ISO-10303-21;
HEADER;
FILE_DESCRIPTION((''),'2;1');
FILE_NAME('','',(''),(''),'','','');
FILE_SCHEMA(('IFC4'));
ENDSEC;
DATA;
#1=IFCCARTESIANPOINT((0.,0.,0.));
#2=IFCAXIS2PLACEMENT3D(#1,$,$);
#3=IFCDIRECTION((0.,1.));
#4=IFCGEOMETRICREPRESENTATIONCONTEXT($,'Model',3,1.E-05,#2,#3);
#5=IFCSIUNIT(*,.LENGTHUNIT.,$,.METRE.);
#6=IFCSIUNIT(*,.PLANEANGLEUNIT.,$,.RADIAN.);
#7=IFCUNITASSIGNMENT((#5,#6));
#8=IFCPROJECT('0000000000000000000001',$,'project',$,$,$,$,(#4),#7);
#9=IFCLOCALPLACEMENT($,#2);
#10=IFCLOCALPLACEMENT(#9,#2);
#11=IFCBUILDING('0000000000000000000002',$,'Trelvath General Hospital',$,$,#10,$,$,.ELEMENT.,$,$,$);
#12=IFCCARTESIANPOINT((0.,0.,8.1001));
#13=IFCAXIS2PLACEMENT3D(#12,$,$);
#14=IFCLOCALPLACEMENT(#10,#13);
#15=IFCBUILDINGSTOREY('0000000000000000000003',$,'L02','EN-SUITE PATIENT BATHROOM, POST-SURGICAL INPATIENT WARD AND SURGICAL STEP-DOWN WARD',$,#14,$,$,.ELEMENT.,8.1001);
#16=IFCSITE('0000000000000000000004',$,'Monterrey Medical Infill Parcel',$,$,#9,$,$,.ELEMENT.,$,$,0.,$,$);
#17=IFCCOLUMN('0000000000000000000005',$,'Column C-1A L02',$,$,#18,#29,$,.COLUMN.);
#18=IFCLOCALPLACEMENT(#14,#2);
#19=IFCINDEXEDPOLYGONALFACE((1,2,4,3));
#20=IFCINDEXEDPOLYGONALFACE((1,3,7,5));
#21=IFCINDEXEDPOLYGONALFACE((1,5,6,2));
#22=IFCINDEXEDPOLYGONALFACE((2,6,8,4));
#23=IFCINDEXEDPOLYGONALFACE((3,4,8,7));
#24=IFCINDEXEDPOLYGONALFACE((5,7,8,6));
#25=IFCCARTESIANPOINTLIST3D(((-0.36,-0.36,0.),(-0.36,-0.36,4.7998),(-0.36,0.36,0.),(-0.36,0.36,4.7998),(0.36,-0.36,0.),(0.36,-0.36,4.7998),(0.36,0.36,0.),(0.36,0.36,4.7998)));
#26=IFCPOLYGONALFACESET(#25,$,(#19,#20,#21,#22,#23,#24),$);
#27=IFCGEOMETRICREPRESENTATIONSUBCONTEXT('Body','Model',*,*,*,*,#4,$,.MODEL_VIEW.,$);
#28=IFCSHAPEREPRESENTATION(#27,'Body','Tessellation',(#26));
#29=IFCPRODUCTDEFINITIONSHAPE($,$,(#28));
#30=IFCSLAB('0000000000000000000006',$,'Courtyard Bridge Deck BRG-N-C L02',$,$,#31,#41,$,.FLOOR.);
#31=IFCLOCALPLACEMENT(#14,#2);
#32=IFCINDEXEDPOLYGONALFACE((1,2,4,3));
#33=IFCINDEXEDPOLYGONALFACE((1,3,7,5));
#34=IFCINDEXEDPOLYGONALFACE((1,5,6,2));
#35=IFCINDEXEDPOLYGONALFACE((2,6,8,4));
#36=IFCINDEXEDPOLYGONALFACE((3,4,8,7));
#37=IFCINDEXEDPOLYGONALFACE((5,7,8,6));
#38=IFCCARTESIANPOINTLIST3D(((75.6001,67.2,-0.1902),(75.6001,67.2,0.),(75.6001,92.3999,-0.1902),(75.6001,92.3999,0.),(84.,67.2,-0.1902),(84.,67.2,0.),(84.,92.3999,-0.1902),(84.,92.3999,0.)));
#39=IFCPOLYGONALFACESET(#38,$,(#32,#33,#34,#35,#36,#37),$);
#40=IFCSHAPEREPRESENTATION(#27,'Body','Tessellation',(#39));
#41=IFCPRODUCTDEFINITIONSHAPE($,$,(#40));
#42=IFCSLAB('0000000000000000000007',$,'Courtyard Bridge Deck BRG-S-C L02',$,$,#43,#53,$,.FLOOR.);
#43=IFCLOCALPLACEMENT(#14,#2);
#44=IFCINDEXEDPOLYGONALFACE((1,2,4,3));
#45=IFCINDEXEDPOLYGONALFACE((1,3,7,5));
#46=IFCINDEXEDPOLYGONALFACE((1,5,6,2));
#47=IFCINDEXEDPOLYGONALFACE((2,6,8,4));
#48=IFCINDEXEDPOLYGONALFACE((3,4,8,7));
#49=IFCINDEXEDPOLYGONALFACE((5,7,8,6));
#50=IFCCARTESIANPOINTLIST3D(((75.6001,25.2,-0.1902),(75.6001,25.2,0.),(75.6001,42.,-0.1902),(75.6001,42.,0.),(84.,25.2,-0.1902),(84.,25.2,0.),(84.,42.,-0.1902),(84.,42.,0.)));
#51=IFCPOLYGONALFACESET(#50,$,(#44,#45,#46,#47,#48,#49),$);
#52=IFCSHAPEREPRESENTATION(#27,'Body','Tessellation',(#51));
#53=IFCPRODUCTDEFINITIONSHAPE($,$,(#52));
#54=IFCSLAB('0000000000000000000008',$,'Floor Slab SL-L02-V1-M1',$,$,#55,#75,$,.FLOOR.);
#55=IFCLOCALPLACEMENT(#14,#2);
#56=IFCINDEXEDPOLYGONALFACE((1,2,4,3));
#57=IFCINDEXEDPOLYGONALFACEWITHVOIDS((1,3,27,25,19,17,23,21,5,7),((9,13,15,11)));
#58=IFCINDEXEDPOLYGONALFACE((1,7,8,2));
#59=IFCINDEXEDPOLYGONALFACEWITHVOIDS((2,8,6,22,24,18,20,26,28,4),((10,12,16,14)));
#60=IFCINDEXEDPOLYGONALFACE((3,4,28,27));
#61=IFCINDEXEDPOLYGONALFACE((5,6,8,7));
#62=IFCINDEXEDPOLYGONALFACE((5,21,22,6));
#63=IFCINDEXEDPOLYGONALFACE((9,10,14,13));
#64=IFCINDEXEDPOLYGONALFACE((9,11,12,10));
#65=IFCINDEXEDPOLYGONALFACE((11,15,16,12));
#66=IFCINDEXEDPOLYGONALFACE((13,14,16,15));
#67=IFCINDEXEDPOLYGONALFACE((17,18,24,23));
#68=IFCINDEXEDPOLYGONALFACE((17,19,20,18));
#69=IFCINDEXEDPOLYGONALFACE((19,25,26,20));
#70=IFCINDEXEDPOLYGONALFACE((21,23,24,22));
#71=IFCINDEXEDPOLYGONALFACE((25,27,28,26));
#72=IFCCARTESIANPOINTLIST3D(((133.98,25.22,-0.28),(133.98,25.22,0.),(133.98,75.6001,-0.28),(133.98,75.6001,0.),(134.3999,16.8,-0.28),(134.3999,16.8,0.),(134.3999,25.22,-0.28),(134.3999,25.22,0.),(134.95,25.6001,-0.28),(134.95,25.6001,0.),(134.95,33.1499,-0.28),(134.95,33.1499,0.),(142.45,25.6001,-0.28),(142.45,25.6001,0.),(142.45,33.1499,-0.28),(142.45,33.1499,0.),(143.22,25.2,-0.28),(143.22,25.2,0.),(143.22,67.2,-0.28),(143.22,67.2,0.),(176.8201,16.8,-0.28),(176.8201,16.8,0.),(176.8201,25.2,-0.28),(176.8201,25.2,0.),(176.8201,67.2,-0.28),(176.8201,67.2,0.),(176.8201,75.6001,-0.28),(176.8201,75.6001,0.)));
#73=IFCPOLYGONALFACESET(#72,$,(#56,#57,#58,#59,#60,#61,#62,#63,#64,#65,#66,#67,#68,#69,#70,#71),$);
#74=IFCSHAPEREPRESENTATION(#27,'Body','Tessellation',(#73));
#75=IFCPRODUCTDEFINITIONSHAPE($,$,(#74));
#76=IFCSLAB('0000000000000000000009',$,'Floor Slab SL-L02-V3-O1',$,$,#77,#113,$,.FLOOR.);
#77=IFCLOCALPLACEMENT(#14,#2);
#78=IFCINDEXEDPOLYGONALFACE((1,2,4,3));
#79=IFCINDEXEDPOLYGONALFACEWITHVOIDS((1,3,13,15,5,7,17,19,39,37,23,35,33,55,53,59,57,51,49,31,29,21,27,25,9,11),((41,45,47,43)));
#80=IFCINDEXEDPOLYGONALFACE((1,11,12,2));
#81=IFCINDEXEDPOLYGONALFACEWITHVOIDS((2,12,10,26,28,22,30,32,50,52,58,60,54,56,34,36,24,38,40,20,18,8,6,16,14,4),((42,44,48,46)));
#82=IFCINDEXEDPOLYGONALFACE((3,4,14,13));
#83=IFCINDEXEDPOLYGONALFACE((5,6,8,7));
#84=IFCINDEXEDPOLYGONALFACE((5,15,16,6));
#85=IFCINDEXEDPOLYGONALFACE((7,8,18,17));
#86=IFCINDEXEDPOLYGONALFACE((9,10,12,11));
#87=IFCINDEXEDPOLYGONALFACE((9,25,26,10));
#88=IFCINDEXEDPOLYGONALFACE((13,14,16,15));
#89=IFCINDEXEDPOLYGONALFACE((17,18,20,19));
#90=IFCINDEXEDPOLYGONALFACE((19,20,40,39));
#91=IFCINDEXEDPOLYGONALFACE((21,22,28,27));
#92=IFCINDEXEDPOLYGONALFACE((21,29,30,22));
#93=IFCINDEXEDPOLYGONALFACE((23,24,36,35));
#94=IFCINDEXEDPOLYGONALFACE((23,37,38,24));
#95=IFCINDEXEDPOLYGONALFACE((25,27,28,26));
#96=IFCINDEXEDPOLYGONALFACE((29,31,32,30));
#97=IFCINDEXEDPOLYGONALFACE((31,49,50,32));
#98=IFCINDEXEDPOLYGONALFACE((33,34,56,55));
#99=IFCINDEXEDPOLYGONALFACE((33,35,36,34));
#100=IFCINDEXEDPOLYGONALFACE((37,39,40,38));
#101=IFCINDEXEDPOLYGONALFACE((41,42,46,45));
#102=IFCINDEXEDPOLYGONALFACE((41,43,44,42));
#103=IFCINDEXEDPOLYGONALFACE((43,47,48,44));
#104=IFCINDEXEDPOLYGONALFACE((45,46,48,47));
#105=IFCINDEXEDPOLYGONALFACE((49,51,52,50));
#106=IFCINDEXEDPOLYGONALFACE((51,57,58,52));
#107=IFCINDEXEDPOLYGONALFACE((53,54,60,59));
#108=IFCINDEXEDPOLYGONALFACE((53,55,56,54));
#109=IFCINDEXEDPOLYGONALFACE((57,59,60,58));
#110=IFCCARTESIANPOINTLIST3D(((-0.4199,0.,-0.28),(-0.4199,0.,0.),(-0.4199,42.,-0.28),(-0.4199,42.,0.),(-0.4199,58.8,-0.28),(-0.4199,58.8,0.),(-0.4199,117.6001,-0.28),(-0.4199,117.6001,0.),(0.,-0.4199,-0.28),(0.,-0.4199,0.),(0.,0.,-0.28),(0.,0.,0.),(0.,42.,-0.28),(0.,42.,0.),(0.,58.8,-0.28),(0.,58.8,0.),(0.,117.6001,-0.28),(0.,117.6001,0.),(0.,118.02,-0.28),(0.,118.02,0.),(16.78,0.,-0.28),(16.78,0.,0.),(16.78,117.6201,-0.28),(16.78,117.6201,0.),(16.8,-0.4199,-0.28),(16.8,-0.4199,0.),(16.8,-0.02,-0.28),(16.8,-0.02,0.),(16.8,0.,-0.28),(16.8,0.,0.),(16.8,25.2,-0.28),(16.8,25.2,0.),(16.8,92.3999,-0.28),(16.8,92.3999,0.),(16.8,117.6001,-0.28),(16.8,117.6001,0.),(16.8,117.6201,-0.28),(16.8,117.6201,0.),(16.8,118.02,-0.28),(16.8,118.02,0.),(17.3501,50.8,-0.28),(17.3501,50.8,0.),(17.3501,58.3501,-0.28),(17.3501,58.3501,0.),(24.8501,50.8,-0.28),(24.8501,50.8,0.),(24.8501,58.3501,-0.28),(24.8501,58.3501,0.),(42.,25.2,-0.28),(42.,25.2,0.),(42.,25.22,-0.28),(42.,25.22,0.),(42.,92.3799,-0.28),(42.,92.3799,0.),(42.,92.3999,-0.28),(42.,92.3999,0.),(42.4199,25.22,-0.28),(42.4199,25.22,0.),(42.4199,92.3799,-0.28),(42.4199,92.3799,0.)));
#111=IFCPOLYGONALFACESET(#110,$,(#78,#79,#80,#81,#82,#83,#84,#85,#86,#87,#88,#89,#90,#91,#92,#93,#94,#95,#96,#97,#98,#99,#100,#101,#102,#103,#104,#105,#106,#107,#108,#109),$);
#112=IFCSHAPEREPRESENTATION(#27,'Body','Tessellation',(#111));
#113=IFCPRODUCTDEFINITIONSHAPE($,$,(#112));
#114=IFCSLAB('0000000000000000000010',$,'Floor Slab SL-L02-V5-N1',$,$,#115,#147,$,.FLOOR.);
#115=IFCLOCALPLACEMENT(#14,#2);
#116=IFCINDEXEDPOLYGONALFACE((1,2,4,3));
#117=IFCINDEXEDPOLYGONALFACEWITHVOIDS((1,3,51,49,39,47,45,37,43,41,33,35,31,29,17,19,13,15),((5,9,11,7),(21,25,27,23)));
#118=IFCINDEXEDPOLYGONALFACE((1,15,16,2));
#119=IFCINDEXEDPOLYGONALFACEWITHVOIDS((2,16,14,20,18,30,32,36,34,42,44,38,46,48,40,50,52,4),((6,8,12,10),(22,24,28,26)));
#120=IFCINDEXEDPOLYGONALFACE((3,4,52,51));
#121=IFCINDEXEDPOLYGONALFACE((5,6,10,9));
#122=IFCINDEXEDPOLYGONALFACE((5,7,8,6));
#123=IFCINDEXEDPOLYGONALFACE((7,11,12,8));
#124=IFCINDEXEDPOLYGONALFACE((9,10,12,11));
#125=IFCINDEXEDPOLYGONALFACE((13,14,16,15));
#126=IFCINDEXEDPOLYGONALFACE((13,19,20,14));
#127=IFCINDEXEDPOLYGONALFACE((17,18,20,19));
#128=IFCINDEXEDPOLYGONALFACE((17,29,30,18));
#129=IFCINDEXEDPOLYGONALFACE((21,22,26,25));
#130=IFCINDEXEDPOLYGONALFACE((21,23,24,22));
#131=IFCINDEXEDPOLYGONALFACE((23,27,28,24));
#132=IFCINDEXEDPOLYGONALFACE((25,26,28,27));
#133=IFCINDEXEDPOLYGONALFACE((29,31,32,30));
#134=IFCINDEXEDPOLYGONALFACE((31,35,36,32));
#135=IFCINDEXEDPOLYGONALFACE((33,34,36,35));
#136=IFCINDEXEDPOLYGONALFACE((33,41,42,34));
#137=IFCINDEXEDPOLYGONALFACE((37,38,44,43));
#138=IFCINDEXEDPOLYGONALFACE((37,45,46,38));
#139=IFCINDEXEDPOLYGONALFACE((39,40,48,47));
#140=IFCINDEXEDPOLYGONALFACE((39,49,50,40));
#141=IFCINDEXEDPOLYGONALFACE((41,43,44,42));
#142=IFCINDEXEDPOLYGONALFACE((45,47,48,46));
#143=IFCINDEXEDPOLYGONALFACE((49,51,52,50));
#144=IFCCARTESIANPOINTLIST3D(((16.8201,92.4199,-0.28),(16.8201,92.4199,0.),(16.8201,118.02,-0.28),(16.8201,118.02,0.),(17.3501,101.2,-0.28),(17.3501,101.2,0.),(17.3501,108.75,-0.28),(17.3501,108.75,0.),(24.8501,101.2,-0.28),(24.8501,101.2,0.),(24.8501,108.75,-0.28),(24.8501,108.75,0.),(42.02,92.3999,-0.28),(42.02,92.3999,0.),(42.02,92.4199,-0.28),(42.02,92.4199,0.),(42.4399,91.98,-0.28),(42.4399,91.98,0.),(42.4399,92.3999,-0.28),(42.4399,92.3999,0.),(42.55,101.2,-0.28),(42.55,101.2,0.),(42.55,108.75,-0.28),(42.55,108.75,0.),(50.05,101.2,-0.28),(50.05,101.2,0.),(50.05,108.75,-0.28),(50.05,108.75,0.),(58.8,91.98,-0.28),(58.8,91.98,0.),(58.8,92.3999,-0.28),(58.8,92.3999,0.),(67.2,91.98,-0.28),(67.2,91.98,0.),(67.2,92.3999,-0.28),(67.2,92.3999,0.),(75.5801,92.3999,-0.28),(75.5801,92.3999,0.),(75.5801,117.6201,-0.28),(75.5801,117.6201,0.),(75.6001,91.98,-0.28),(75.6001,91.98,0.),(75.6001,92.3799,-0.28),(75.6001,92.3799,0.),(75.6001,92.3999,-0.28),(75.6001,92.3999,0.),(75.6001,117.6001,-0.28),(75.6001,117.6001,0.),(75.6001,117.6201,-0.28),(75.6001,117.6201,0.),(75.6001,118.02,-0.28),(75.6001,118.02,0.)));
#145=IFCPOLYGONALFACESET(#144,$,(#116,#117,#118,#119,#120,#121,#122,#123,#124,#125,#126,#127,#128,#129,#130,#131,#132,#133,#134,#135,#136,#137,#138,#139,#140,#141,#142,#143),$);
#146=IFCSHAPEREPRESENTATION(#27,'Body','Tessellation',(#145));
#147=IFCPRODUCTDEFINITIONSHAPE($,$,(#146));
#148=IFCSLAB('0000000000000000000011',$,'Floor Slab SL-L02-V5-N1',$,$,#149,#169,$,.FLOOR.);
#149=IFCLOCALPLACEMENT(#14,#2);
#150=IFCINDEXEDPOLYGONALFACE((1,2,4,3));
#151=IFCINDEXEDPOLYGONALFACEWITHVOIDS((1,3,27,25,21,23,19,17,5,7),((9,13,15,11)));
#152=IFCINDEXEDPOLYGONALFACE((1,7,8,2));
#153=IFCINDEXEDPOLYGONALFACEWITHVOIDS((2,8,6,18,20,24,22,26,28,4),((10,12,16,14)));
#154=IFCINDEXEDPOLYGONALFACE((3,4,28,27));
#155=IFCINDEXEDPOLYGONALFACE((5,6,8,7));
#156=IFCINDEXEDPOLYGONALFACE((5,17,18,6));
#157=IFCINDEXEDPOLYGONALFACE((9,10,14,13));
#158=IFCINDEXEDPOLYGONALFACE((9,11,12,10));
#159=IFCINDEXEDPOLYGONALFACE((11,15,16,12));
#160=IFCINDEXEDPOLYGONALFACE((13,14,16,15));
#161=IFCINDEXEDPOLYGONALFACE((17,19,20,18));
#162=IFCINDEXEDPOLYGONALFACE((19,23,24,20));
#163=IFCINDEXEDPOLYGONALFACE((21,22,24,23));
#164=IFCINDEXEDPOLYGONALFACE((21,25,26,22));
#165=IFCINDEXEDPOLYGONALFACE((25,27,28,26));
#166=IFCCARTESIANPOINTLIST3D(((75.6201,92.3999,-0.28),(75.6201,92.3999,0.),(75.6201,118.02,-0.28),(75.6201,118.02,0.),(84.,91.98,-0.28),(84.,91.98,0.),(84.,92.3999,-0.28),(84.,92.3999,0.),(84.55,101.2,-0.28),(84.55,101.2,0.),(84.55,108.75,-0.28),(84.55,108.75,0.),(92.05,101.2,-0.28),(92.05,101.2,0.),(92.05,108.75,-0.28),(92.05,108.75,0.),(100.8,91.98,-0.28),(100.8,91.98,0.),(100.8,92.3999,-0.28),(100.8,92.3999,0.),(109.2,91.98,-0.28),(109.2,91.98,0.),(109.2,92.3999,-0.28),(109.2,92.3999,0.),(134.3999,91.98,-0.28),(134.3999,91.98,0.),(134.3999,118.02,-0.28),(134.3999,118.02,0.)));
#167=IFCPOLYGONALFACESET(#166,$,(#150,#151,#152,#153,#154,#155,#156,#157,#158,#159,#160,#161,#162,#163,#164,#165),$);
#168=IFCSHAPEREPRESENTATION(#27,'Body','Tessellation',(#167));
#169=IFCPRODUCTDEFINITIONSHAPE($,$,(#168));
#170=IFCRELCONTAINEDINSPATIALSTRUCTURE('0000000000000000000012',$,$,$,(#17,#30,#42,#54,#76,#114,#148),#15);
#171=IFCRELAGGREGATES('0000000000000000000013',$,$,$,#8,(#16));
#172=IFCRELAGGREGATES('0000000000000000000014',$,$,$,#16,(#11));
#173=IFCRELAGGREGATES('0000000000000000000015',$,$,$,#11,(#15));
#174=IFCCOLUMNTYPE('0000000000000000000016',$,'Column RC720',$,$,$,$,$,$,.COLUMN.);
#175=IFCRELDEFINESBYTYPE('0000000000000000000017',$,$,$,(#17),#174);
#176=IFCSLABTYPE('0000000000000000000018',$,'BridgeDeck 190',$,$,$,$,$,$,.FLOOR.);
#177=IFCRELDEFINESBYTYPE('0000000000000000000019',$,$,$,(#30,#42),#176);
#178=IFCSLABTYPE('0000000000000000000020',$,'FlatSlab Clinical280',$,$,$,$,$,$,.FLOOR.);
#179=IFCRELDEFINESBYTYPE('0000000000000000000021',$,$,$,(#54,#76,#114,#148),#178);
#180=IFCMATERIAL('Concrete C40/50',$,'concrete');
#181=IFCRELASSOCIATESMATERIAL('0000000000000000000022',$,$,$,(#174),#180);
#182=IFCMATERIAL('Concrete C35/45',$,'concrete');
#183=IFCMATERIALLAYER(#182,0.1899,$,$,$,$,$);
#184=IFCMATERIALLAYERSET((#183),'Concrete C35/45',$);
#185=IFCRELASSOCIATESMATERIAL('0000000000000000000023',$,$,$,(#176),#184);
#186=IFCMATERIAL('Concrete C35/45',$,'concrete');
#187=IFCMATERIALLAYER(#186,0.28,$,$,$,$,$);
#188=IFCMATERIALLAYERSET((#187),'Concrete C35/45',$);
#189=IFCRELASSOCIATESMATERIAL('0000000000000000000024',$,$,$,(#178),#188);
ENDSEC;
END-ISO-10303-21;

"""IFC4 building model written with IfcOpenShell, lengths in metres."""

from ifc_helpers import new_model, si_unit, direction, frame, origin, origin_with_axes, origin_2d, place, context, subcontext, project, spatial, polyline, rectangle, outline, extrude, material, layer, layer_set, material_profile, profile_set, type_object, element, save


model = new_model("IFC4")

# Units and contexts
model_context = context("Model", 3, precision=1e-05, world=origin(), true_north=direction((0.0, 1.0)))
body_context = subcontext(model_context, "Body", "Model", "MODEL_VIEW")
ifc_project = project(units=[si_unit("LENGTHUNIT", "METRE"), si_unit("PLANEANGLEUNIT", "RADIAN")], contexts=[model_context])

# Site, building, storey
site_placement = place(None, origin())
site = spatial("IfcSite", under=ifc_project, at=site_placement, Name="Monterrey Medical Infill Parcel", CompositionType="ELEMENT", RefElevation=0.0)
building_placement = place(site_placement, origin())
building = spatial("IfcBuilding", under=site, at=building_placement, Name="Trelvath General Hospital", CompositionType="ELEMENT")
storey_placement = place(building_placement, frame((0.0, 0.0, 8.1001)))
storey = spatial("IfcBuildingStorey", under=building, at=storey_placement, Name="L02", Description="EN-SUITE PATIENT BATHROOM, POST-SURGICAL INPATIENT WARD AND SURGICAL STEP-DOWN WARD", CompositionType="ELEMENT", Elevation=8.1001)

# Column
ifc_material_1 = material(Name="Concrete C40/50", Category="concrete")
ifc_material_profile = material_profile(ifc_material_1, rectangle(XDim=0.72, YDim=0.72, at=origin_2d()), Name="RC720x720")
ifc_profile_set = profile_set([ifc_material_profile], Name="Concrete C40/50")
column_type = type_object("IfcColumnType", Name="Column RC720", PredefinedType="COLUMN", material=ifc_profile_set)
column_placement = place(storey_placement, origin_with_axes())
element("IfcColumn", 1, at=column_placement, inside=storey, type_object=column_type, Name="Column C-1A L02", PredefinedType="COLUMN", context=body_context, shape_type="SweptSolid", body=[
    extrude(rectangle(XDim=0.72, YDim=0.72, at=origin_2d()), origin(), (0.0, 0.0, 1.0), 4.7998),
])

# Slabs
ifc_material_2 = material(Name="Concrete C35/45", Category="concrete")
ifc_layer_1 = layer(ifc_material_2, 0.1899)
ifc_layer_set_1 = layer_set([ifc_layer_1], Name="Concrete C35/45")
slab_type_1 = type_object("IfcSlabType", Name="BridgeDeck 190", PredefinedType="FLOOR", material=ifc_layer_set_1)
slab_1_placement = place(storey_placement, frame((0.0, 0.0, -0.1902)))
element("IfcSlab", 2, at=slab_1_placement, inside=storey, type_object=slab_type_1, Name="Courtyard Bridge Deck BRG-N-C L02", PredefinedType="FLOOR", context=body_context, shape_type="SweptSolid", body=[
    extrude(outline(polyline([(75.6001, 67.2), (84.0, 67.2), (84.0, 92.3999), (75.6001, 92.3999), (75.6001, 67.2)])), origin(), (0.0, 0.0, 1.0), 0.1902),
])
slab_2_placement = place(storey_placement, frame((0.0, 0.0, -0.1902)))
element("IfcSlab", 3, at=slab_2_placement, inside=storey, type_object=slab_type_1, Name="Courtyard Bridge Deck BRG-S-C L02", PredefinedType="FLOOR", context=body_context, shape_type="SweptSolid", body=[
    extrude(outline(polyline([(75.6001, 25.2), (84.0, 25.2), (84.0, 42.0), (75.6001, 42.0), (75.6001, 25.2)])), origin(), (0.0, 0.0, 1.0), 0.1902),
])
ifc_material_3 = material(Name="Concrete C35/45", Category="concrete")
ifc_layer_2 = layer(ifc_material_3, 0.28)
ifc_layer_set_2 = layer_set([ifc_layer_2], Name="Concrete C35/45")
slab_type_2 = type_object("IfcSlabType", Name="FlatSlab Clinical280", PredefinedType="FLOOR", material=ifc_layer_set_2)
slab_3_placement = place(storey_placement, frame((0.0, 0.0, -0.28)))
element("IfcSlab", 4, at=slab_3_placement, inside=storey, type_object=slab_type_2, Name="Floor Slab SL-L02-V1-M1", PredefinedType="FLOOR", context=body_context, shape_type="SweptSolid", body=[
    extrude(outline(polyline([(133.98, 25.22), (133.98, 75.6001), (176.8201, 75.6001), (176.8201, 67.2), (143.22, 67.2), (143.22, 25.2), (176.8201, 25.2), (176.8201, 16.8), (134.3999, 16.8), (134.3999, 25.22), (133.98, 25.22)]), holes=[polyline([(134.95, 25.6001), (142.45, 25.6001), (142.45, 33.1499), (134.95, 33.1499), (134.95, 25.6001)])]), origin(), (0.0, 0.0, 1.0), 0.28),
])
slab_4_placement = place(storey_placement, frame((0.0, 0.0, -0.28)))
element("IfcSlab", 5, at=slab_4_placement, inside=storey, type_object=slab_type_2, Name="Floor Slab SL-L02-V3-O1", PredefinedType="FLOOR", context=body_context, shape_type="SweptSolid", body=[
    extrude(outline(polyline([(16.8, -0.4199), (0.0, -0.4199), (0.0, 0.0), (-0.4199, 0.0), (-0.4199, 42.0), (0.0, 42.0), (0.0, 58.8), (-0.4199, 58.8), (-0.4199, 117.6001), (0.0, 117.6001), (0.0, 118.02), (16.8, 118.02), (16.8, 117.6201), (16.78, 117.6201), (16.8, 117.6001), (16.8, 92.3999), (42.0, 92.3999), (42.0, 92.3799), (42.4199, 92.3799), (42.4199, 25.22), (42.0, 25.22), (42.0, 25.2), (16.8, 25.2), (16.8, 0.0), (16.78, 0.0), (16.8, -0.02), (16.8, -0.4199)]), holes=[polyline([(17.3501, 50.8), (24.8501, 50.8), (24.8501, 58.3501), (17.3501, 58.3501), (17.3501, 50.8)])]), origin(), (0.0, 0.0, 1.0), 0.28),
])
slab_5_placement = place(storey_placement, frame((0.0, 0.0, -0.28)))
element("IfcSlab", 6, at=slab_5_placement, inside=storey, type_object=slab_type_2, Name="Floor Slab SL-L02-V5-N1", PredefinedType="FLOOR", context=body_context, shape_type="SweptSolid", body=[
    extrude(outline(polyline([(16.8201, 92.4199), (16.8201, 118.02), (75.6001, 118.02), (75.6001, 117.6201), (75.5801, 117.6201), (75.6001, 117.6001), (75.6001, 92.3999), (75.5801, 92.3999), (75.6001, 92.3799), (75.6001, 91.98), (67.2, 91.98), (67.2, 92.3999), (58.8, 92.3999), (58.8, 91.98), (42.4399, 91.98), (42.4399, 92.3999), (42.02, 92.3999), (42.02, 92.4199), (16.8201, 92.4199)]), holes=[polyline([(17.3501, 101.2), (24.8501, 101.2), (24.8501, 108.75), (17.3501, 108.75), (17.3501, 101.2)]), polyline([(42.55, 101.2), (50.05, 101.2), (50.05, 108.75), (42.55, 108.75), (42.55, 101.2)])]), origin(), (0.0, 0.0, 1.0), 0.28),
])
slab_6_placement = place(storey_placement, frame((0.0, 0.0, -0.28)))
element("IfcSlab", 7, at=slab_6_placement, inside=storey, type_object=slab_type_2, Name="Floor Slab SL-L02-V5-N1", PredefinedType="FLOOR", context=body_context, shape_type="SweptSolid", body=[
    extrude(outline(polyline([(75.6201, 92.3999), (75.6201, 118.02), (134.3999, 118.02), (134.3999, 91.98), (109.2, 91.98), (109.2, 92.3999), (100.8, 92.3999), (100.8, 91.98), (84.0, 91.98), (84.0, 92.3999), (75.6201, 92.3999)]), holes=[polyline([(84.55, 101.2), (92.05, 101.2), (92.05, 108.75), (84.55, 108.75), (84.55, 101.2)])]), origin(), (0.0, 0.0, 1.0), 0.28),
])

save(model, "model.ifc")
